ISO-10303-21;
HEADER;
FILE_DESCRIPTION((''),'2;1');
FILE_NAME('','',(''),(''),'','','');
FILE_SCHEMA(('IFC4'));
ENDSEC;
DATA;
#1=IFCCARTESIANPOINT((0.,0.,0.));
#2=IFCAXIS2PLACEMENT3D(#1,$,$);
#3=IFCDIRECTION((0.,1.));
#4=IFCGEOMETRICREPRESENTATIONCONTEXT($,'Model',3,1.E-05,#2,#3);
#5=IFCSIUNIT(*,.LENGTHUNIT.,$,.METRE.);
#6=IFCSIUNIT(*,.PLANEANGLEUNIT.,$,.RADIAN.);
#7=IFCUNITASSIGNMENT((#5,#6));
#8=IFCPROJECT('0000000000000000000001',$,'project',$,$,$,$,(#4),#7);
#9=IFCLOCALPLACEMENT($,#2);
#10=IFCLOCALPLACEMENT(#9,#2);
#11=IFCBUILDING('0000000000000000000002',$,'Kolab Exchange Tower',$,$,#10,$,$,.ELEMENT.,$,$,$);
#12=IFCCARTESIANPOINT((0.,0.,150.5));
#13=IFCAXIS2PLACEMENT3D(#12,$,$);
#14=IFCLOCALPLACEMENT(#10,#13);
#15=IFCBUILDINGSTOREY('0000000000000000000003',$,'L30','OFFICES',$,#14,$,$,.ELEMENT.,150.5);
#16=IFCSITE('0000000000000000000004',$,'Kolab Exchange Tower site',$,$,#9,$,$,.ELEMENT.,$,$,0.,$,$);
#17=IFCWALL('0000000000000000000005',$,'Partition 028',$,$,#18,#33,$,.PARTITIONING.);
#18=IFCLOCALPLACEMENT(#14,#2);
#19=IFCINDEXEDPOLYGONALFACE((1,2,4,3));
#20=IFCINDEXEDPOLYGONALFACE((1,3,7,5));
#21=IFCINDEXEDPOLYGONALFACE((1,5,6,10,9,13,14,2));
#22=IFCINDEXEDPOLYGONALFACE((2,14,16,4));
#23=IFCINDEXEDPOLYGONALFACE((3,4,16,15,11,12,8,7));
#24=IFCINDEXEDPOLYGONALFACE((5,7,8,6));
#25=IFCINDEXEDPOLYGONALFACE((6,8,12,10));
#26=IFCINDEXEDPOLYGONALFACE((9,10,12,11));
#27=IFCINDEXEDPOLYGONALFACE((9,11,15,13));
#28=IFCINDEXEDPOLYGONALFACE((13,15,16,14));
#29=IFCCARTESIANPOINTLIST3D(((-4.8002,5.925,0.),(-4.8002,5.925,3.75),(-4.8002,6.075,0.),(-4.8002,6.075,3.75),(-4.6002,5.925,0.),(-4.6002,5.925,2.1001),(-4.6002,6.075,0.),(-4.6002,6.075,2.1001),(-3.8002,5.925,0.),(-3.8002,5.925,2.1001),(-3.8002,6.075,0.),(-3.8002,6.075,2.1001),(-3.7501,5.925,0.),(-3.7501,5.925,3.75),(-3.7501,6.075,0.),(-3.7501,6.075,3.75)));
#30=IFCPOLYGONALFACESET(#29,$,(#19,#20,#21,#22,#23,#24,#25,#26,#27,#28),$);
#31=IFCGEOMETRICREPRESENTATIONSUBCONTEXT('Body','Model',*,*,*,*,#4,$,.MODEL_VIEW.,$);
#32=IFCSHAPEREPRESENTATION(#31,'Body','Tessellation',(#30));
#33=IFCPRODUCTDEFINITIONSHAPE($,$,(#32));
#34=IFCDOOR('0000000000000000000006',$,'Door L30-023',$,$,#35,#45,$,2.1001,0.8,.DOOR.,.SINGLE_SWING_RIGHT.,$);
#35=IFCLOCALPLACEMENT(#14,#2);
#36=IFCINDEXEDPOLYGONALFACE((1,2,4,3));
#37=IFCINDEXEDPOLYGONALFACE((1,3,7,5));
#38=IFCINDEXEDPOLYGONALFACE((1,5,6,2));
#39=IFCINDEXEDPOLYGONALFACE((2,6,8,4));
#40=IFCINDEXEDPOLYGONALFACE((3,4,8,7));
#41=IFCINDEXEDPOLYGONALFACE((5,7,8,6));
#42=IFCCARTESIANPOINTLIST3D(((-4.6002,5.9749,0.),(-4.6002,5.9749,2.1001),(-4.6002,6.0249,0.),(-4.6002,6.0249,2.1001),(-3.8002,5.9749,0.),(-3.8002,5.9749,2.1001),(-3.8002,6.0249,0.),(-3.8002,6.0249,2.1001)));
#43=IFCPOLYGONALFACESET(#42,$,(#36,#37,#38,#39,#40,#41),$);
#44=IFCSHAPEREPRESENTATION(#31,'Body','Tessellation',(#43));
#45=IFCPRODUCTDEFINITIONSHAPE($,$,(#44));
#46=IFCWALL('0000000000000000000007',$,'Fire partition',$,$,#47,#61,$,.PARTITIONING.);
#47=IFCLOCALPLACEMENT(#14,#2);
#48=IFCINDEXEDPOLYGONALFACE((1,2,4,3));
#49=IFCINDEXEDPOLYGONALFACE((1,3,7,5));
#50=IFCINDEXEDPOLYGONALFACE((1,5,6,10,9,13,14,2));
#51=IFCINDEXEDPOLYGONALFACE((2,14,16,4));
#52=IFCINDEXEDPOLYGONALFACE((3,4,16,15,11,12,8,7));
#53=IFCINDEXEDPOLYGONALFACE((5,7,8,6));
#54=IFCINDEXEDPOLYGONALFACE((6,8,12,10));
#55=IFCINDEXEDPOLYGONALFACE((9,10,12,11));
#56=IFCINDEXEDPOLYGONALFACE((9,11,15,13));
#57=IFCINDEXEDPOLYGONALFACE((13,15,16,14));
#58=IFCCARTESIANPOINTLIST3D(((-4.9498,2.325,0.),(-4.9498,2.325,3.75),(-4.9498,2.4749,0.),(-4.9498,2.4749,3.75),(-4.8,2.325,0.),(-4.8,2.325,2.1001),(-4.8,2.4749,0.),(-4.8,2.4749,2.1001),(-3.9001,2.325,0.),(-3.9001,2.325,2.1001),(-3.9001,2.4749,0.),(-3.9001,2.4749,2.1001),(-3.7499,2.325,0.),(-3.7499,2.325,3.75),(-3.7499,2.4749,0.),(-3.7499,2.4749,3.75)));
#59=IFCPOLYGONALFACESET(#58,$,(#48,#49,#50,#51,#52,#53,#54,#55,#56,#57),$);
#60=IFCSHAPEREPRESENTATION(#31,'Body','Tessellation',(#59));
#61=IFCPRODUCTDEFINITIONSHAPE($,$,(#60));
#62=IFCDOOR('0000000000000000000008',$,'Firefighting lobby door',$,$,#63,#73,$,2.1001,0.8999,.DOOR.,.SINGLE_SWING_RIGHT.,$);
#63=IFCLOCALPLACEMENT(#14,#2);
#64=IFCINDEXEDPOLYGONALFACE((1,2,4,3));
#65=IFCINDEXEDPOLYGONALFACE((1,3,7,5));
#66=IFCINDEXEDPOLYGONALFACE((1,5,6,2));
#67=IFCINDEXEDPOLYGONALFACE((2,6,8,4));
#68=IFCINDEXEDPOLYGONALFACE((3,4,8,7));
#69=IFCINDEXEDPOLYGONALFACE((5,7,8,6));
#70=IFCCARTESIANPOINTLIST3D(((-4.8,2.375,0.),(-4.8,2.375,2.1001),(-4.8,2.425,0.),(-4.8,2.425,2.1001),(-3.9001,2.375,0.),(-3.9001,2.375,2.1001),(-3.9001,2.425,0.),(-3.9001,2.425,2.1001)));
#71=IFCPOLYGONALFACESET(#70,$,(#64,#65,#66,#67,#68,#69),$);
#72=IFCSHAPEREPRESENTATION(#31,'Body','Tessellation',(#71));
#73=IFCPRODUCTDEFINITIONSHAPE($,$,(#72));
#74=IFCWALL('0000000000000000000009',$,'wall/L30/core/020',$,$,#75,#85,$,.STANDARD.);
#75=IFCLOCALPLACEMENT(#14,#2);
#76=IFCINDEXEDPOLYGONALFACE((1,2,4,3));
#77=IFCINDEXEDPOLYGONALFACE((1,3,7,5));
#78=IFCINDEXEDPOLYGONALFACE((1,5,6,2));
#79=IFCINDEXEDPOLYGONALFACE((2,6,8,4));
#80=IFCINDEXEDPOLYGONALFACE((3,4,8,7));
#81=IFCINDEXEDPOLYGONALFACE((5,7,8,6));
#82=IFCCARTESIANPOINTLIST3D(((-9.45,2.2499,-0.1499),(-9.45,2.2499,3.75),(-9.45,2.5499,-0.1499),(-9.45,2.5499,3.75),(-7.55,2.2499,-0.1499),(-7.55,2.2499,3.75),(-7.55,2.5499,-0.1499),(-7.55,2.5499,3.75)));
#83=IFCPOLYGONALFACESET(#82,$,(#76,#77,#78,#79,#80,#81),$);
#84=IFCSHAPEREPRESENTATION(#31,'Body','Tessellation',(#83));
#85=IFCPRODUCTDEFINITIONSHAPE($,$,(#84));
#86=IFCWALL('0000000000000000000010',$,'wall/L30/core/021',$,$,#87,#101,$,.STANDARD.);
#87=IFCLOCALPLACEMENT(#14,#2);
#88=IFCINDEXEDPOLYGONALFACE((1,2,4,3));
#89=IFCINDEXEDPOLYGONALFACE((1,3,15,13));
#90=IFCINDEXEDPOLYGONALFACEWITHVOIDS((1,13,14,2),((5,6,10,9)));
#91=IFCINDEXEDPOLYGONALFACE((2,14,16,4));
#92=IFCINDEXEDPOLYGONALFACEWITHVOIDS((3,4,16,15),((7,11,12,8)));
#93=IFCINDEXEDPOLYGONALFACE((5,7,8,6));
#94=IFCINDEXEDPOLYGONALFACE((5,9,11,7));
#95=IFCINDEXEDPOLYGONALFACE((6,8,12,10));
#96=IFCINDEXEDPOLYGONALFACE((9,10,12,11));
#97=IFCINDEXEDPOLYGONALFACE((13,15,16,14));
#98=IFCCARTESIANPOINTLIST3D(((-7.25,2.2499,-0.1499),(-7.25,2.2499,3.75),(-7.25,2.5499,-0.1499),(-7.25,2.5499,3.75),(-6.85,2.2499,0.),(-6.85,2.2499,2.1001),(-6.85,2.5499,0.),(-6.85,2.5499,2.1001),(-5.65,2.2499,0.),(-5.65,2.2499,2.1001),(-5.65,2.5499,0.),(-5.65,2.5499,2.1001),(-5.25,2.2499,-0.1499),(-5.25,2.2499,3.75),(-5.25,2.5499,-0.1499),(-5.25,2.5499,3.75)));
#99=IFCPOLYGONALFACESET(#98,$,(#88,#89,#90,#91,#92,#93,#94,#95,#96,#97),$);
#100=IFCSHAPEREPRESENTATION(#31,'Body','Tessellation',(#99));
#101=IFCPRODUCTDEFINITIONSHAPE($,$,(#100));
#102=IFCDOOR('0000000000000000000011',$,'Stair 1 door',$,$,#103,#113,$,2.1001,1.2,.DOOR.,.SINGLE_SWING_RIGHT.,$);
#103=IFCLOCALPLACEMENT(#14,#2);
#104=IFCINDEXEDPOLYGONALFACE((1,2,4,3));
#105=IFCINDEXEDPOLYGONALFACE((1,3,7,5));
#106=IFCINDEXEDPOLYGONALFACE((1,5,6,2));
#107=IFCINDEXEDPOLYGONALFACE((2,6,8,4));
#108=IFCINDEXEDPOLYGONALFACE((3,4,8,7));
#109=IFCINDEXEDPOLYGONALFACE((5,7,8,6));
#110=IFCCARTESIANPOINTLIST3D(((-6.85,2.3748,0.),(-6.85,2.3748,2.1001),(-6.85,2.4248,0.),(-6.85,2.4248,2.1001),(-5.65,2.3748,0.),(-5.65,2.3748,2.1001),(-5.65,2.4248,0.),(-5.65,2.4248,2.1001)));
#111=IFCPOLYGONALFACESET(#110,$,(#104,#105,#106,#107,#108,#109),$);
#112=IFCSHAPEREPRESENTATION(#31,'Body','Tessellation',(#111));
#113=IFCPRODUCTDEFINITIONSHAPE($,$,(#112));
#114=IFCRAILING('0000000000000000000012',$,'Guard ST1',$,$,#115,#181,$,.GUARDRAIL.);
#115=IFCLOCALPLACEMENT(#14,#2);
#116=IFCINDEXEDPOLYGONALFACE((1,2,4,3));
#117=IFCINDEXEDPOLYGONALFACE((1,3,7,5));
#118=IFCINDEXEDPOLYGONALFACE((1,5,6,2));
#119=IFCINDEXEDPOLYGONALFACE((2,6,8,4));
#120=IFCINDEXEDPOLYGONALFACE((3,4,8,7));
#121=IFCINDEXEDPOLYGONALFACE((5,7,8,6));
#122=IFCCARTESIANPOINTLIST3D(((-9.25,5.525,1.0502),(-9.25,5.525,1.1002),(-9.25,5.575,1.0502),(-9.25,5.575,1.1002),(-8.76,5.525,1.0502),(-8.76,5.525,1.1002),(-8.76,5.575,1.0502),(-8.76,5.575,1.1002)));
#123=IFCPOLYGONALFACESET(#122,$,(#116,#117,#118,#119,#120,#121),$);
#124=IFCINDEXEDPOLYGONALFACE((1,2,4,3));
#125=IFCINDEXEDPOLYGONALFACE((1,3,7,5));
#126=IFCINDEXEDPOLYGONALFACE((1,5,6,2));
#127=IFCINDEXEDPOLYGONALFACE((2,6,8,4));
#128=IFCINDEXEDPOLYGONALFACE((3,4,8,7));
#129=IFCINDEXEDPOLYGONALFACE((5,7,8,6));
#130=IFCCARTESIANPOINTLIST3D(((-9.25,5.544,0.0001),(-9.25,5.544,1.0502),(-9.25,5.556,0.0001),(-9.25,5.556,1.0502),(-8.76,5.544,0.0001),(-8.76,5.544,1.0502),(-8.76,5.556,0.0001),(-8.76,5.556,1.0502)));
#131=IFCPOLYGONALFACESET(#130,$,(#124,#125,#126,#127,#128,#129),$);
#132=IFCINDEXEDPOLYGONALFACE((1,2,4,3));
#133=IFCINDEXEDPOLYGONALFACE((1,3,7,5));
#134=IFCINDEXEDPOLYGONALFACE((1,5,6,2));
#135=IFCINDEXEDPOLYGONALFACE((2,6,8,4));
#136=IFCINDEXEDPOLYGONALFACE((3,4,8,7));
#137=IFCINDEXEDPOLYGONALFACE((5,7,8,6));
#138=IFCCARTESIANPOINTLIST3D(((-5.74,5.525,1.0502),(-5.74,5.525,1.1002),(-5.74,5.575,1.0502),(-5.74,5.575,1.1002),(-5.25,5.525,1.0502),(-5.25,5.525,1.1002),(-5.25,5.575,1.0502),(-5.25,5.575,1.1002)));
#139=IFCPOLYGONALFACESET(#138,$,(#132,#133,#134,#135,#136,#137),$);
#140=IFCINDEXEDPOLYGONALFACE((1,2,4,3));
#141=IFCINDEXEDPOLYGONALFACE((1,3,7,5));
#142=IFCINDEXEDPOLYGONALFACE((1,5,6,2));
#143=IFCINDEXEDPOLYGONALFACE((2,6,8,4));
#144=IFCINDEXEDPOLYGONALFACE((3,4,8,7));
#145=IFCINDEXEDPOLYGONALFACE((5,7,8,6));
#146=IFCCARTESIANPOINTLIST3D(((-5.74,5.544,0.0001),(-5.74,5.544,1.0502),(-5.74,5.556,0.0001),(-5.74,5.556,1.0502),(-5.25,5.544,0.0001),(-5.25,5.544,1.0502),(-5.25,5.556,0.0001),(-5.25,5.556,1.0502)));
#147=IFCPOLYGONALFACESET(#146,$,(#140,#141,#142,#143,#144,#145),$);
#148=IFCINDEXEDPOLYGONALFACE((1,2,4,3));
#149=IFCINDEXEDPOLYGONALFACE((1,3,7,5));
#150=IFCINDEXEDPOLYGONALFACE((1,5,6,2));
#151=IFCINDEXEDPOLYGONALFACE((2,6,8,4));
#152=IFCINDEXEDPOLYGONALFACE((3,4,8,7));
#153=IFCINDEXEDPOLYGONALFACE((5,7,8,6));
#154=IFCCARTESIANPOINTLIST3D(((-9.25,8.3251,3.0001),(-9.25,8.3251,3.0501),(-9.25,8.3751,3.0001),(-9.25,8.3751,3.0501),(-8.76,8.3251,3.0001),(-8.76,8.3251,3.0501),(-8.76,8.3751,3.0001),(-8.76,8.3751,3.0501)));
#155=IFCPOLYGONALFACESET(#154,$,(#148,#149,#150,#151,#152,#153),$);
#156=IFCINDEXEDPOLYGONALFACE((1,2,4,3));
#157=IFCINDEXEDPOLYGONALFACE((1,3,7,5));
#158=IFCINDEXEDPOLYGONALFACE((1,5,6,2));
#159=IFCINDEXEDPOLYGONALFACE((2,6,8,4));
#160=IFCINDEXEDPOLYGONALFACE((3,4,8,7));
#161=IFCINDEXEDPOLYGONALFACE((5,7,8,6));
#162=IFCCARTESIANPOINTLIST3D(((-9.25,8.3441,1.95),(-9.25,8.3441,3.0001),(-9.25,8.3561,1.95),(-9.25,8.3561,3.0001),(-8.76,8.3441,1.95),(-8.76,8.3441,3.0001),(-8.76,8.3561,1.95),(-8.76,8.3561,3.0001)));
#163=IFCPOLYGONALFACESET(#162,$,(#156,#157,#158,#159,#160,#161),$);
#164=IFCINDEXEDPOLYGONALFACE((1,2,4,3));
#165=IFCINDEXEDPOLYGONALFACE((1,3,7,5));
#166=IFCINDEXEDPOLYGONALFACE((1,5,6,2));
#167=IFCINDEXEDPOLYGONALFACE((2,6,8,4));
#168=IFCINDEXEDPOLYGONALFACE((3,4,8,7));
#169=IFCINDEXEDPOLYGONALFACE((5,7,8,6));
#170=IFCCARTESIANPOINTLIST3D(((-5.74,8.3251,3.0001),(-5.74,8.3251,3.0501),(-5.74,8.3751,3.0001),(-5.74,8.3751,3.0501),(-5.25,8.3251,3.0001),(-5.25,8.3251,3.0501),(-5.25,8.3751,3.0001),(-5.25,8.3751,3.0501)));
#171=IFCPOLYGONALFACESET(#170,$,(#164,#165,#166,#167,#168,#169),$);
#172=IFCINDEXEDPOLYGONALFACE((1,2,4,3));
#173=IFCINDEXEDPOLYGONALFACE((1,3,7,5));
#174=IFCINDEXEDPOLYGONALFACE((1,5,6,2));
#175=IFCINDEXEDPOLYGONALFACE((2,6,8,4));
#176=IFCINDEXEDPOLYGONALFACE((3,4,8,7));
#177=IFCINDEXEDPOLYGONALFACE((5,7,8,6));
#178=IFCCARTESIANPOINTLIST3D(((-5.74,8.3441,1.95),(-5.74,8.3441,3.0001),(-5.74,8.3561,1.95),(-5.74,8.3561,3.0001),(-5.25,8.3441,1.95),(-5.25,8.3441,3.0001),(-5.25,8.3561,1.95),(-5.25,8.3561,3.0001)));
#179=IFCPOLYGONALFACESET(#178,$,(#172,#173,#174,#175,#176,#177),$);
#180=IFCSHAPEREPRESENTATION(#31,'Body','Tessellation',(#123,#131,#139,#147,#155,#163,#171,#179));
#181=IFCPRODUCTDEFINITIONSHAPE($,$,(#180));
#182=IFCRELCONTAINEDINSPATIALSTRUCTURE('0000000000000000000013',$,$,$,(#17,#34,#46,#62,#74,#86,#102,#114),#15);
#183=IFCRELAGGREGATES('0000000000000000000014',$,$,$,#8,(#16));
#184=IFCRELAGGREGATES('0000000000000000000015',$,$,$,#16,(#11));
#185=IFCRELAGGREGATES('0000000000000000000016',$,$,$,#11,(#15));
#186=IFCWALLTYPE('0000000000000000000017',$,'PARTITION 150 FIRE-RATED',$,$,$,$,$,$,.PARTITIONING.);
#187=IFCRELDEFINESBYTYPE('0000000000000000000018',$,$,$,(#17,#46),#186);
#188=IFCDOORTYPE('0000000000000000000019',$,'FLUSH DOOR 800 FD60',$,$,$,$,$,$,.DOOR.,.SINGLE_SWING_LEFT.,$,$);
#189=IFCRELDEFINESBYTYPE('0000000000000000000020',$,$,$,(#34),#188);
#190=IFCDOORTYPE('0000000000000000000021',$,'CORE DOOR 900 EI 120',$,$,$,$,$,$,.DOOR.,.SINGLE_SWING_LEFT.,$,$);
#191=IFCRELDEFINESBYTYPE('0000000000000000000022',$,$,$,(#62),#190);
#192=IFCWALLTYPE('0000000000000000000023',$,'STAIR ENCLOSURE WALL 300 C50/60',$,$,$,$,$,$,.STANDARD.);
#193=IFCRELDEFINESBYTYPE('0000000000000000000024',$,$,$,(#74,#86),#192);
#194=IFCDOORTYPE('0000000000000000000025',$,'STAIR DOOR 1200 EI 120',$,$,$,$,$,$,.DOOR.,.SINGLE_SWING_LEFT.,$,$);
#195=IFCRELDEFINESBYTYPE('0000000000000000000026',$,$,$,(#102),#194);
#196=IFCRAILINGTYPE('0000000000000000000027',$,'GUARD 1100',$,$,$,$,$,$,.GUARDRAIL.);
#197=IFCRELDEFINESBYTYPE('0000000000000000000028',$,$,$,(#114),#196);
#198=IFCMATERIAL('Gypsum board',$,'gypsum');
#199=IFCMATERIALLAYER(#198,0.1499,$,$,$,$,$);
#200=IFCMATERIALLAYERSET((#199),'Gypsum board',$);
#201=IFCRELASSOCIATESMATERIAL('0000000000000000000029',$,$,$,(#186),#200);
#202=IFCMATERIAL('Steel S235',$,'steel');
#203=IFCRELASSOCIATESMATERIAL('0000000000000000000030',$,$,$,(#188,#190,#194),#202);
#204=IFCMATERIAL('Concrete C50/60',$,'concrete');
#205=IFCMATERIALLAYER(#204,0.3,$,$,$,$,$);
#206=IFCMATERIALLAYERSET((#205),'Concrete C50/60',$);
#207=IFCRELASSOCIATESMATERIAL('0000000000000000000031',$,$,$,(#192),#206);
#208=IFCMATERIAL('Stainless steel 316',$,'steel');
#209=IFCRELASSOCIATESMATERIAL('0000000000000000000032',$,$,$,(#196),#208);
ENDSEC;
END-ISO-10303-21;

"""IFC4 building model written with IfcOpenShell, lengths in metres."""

from ifc_helpers import new_model, si_unit, direction, frame, frame_2d, origin, origin_2d, place, context, subcontext, project, spatial, rectangle, extrude, material, layer, layer_set, type_object, element, fill, save


model = new_model("IFC4")

# Units and contexts
model_context = context("Model", 3, precision=1e-05, world=origin(), true_north=direction((0.0, 1.0)))
body_context = subcontext(model_context, "Body", "Model", "MODEL_VIEW")
ifc_project = project(units=[si_unit("LENGTHUNIT", "METRE"), si_unit("PLANEANGLEUNIT", "RADIAN")], contexts=[model_context])

# Site, building, storey
site_placement = place(None, origin())
site = spatial("IfcSite", under=ifc_project, at=site_placement, Name="Kolab Exchange Tower site", CompositionType="ELEMENT", RefElevation=0.0)
building_placement = place(site_placement, origin())
building = spatial("IfcBuilding", under=site, at=building_placement, Name="Kolab Exchange Tower", CompositionType="ELEMENT")
storey_placement = place(building_placement, frame((0.0, 0.0, 150.5)))
storey = spatial("IfcBuildingStorey", under=building, at=storey_placement, Name="L30", Description="OFFICES", CompositionType="ELEMENT", Elevation=150.5)

# Shared definitions
ifc_material_1 = material(Name="Steel S235", Category="steel")

# Shared definitions
ifc_material_2 = material(Name="Concrete C50/60", Category="concrete")
ifc_material_3 = material(Name="Stainless steel 316", Category="steel")

# Shared definitions
ifc_material_4 = material(Name="Gypsum board", Category="gypsum")
ifc_layer_1 = layer(ifc_material_4, 0.1499)
ifc_layer_set_1 = layer_set([ifc_layer_1], Name="Gypsum board")
wall_type_1 = type_object("IfcWallType", Name="PARTITION 150 FIRE-RATED", PredefinedType="PARTITIONING", material=ifc_layer_set_1)

# Walls, openings, doors
wall_1_placement = place(storey_placement, frame((-4.8, 6.0, 0.0), z_axis=(0.0, 0.0, 1.0), x_axis=(1.0, 0.0, 0.0)))
wall_1 = element("IfcWall", 1, at=wall_1_placement, inside=storey, type_object=wall_type_1, Name="Partition 028", PredefinedType="PARTITIONING", context=body_context, shape_type="SweptSolid", body=[
    extrude(rectangle(XDim=1.05, YDim=0.1499, at=frame_2d((0.5249, 0.0))), origin(), (0.0, 0.0, 1.0), 3.75),
])
opening_1_placement = place(wall_1_placement, frame((0.2, 0.0, 0.0)))
opening_1 = element("IfcOpeningElement", 2, at=opening_1_placement, cuts=wall_1, PredefinedType="OPENING", context=body_context, shape_type="SweptSolid", body=[
    extrude(rectangle(XDim=0.8, YDim=2.1001, at=frame_2d((0.3999, 1.05))), frame((0.0, 0.085, 0.0), z_axis=(0.0, -1.0, 0.0), x_axis=(1.0, 0.0, 0.0)), (0.0, 0.0, 1.0), 0.1699),
])
door_type_1 = type_object("IfcDoorType", Name="FLUSH DOOR 800 FD60", OperationType="SINGLE_SWING_LEFT", PredefinedType="DOOR", material=ifc_material_1)
door_1_placement = place(opening_1_placement, origin())
door_1 = element("IfcDoor", 3, at=door_1_placement, inside=storey, type_object=door_type_1, Name="Door L30-023", OperationType="SINGLE_SWING_RIGHT", OverallHeight=2.1001, OverallWidth=0.8, PredefinedType="DOOR", context=body_context, shape_type="SweptSolid", body=[
    extrude(rectangle(XDim=0.8, YDim=2.1001, at=frame_2d((0.3999, 1.05))), frame((0.0, 0.0249, 0.0), z_axis=(0.0, -1.0, 0.0), x_axis=(1.0, 0.0, 0.0)), (0.0, 0.0, 1.0), 0.05),
])
fill(opening_1, door_1)
wall_2_placement = place(storey_placement, frame((-4.95, 2.3999, 0.0), z_axis=(0.0, 0.0, 1.0), x_axis=(1.0, 0.0, 0.0)))
wall_2 = element("IfcWall", 4, at=wall_2_placement, inside=storey, type_object=wall_type_1, Name="Fire partition", PredefinedType="PARTITIONING", context=body_context, shape_type="SweptSolid", body=[
    extrude(rectangle(XDim=1.2, YDim=0.1499, at=frame_2d((0.6001, 0.0))), origin(), (0.0, 0.0, 1.0), 3.75),
])
opening_2_placement = place(wall_2_placement, frame((0.1499, 0.0, 0.0)))
opening_2 = element("IfcOpeningElement", 5, at=opening_2_placement, cuts=wall_2, PredefinedType="OPENING", context=body_context, shape_type="SweptSolid", body=[
    extrude(rectangle(XDim=0.8999, YDim=2.1001, at=frame_2d((0.45, 1.05))), frame((0.0, 0.085, 0.0), z_axis=(0.0, -1.0, 0.0), x_axis=(1.0, 0.0, 0.0)), (0.0, 0.0, 1.0), 0.1699),
])
door_type_2 = type_object("IfcDoorType", Name="CORE DOOR 900 EI 120", OperationType="SINGLE_SWING_LEFT", PredefinedType="DOOR", material=ifc_material_1)
door_2_placement = place(opening_2_placement, frame((0.8999, 0.0, 0.0), z_axis=(0.0, 0.0, 1.0), x_axis=(-1.0, 0.0, 0.0)))
door_2 = element("IfcDoor", 6, at=door_2_placement, inside=storey, type_object=door_type_2, Name="Firefighting lobby door", OperationType="SINGLE_SWING_RIGHT", OverallHeight=2.1001, OverallWidth=0.8999, PredefinedType="DOOR", context=body_context, shape_type="SweptSolid", body=[
    extrude(rectangle(XDim=0.8999, YDim=2.1001, at=frame_2d((0.45, 1.05))), frame((0.0, 0.0249, 0.0), z_axis=(0.0, -1.0, 0.0), x_axis=(1.0, 0.0, 0.0)), (0.0, 0.0, 1.0), 0.05),
])
fill(opening_2, door_2)

# Wall
ifc_layer_2 = layer(ifc_material_2, 0.3)
ifc_layer_set_2 = layer_set([ifc_layer_2], Name="Concrete C50/60")
wall_type_2 = type_object("IfcWallType", Name="STAIR ENCLOSURE WALL 300 C50/60", PredefinedType="STANDARD", material=ifc_layer_set_2)
wall_3_placement = place(storey_placement, frame((-9.45, 2.3999, -0.1499), z_axis=(0.0, 0.0, 1.0), x_axis=(1.0, 0.0, 0.0)))
element("IfcWall", 7, at=wall_3_placement, inside=storey, type_object=wall_type_2, Name="wall/L30/core/020", PredefinedType="STANDARD", context=body_context, shape_type="SweptSolid", body=[
    extrude(rectangle(XDim=1.8999, YDim=0.3, at=frame_2d((0.95, 0.0))), origin(), (0.0, 0.0, 1.0), 3.8999),
])

# Wall, opening, door
wall_4_placement = place(storey_placement, frame((-7.25, 2.3999, -0.1499), z_axis=(0.0, 0.0, 1.0), x_axis=(1.0, 0.0, 0.0)))
wall_4 = element("IfcWall", 8, at=wall_4_placement, inside=storey, type_object=wall_type_2, Name="wall/L30/core/021", PredefinedType="STANDARD", context=body_context, shape_type="SweptSolid", body=[
    extrude(rectangle(XDim=2.0, YDim=0.3, at=frame_2d((1.0, 0.0))), origin(), (0.0, 0.0, 1.0), 3.8999),
])
opening_3_placement = place(wall_4_placement, frame((0.3999, 0.0, 0.1499)))
opening_3 = element("IfcOpeningElement", 9, at=opening_3_placement, cuts=wall_4, PredefinedType="OPENING", context=body_context, shape_type="SweptSolid", body=[
    extrude(rectangle(XDim=1.2, YDim=2.1001, at=frame_2d((0.6001, 1.05))), frame((0.0, 0.1602, 0.0), z_axis=(0.0, -1.0, 0.0), x_axis=(1.0, 0.0, 0.0)), (0.0, 0.0, 1.0), 0.3201),
])
door_type_3 = type_object("IfcDoorType", Name="STAIR DOOR 1200 EI 120", OperationType="SINGLE_SWING_LEFT", PredefinedType="DOOR", material=ifc_material_1)
door_3_placement = place(opening_3_placement, origin())
door_3 = element("IfcDoor", 10, at=door_3_placement, inside=storey, type_object=door_type_3, Name="Stair 1 door", OperationType="SINGLE_SWING_RIGHT", OverallHeight=2.1001, OverallWidth=1.2, PredefinedType="DOOR", context=body_context, shape_type="SweptSolid", body=[
    extrude(rectangle(XDim=1.2, YDim=2.1001, at=frame_2d((0.6001, 1.05))), frame((0.0, 0.0249, 0.0), z_axis=(0.0, -1.0, 0.0), x_axis=(1.0, 0.0, 0.0)), (0.0, 0.0, 1.0), 0.05),
])
fill(opening_3, door_3)

# Railing
railing_type = type_object("IfcRailingType", Name="GUARD 1100", PredefinedType="GUARDRAIL", material=ifc_material_3)
railing_1_placement = place(storey_placement, frame((-9.25, 5.55, 0.0)))
element("IfcRailing", 11, at=railing_1_placement, inside=storey, type_object=railing_type, Name="Guard ST1", PredefinedType="GUARDRAIL", context=body_context, shape_type="SweptSolid", body=[
    extrude(rectangle(XDim=0.05, YDim=0.05, at=origin_2d()), frame((0.0, 0.0, 1.0752), z_axis=(1.0, 0.0, 0.0), x_axis=(0.0, 1.0, 0.0)), (0.0, 0.0, 1.0), 0.49),
    extrude(rectangle(XDim=0.012, YDim=1.0501, at=frame_2d((0.0, 0.5251))), frame((0.0, 0.0, 0.0), z_axis=(1.0, 0.0, 0.0), x_axis=(0.0, 1.0, 0.0)), (0.0, 0.0, 1.0), 0.49),
    extrude(rectangle(XDim=0.05, YDim=0.05, at=origin_2d()), frame((3.51, 0.0, 1.0752), z_axis=(1.0, 0.0, 0.0), x_axis=(0.0, 1.0, 0.0)), (0.0, 0.0, 1.0), 0.49),
    extrude(rectangle(XDim=0.012, YDim=1.0501, at=frame_2d((0.0, 0.5251))), frame((3.51, 0.0, 0.0), z_axis=(1.0, 0.0, 0.0), x_axis=(0.0, 1.0, 0.0)), (0.0, 0.0, 1.0), 0.49),
    extrude(rectangle(XDim=0.05, YDim=0.05, at=origin_2d()), frame((0.0, 2.8, 3.0251), z_axis=(1.0, 0.0, 0.0), x_axis=(0.0, 1.0, 0.0)), (0.0, 0.0, 1.0), 0.49),
    extrude(rectangle(XDim=0.012, YDim=1.0501, at=frame_2d((0.0, 0.5251))), frame((0.0, 2.8, 1.95), z_axis=(1.0, 0.0, 0.0), x_axis=(0.0, 1.0, 0.0)), (0.0, 0.0, 1.0), 0.49),
    extrude(rectangle(XDim=0.05, YDim=0.05, at=origin_2d()), frame((3.51, 2.8, 3.0251), z_axis=(1.0, 0.0, 0.0), x_axis=(0.0, 1.0, 0.0)), (0.0, 0.0, 1.0), 0.49),
    extrude(rectangle(XDim=0.012, YDim=1.0501, at=frame_2d((0.0, 0.5251))), frame((3.51, 2.8, 1.95), z_axis=(1.0, 0.0, 0.0), x_axis=(0.0, 1.0, 0.0)), (0.0, 0.0, 1.0), 0.49),
])

save(model, "model.ifc")
